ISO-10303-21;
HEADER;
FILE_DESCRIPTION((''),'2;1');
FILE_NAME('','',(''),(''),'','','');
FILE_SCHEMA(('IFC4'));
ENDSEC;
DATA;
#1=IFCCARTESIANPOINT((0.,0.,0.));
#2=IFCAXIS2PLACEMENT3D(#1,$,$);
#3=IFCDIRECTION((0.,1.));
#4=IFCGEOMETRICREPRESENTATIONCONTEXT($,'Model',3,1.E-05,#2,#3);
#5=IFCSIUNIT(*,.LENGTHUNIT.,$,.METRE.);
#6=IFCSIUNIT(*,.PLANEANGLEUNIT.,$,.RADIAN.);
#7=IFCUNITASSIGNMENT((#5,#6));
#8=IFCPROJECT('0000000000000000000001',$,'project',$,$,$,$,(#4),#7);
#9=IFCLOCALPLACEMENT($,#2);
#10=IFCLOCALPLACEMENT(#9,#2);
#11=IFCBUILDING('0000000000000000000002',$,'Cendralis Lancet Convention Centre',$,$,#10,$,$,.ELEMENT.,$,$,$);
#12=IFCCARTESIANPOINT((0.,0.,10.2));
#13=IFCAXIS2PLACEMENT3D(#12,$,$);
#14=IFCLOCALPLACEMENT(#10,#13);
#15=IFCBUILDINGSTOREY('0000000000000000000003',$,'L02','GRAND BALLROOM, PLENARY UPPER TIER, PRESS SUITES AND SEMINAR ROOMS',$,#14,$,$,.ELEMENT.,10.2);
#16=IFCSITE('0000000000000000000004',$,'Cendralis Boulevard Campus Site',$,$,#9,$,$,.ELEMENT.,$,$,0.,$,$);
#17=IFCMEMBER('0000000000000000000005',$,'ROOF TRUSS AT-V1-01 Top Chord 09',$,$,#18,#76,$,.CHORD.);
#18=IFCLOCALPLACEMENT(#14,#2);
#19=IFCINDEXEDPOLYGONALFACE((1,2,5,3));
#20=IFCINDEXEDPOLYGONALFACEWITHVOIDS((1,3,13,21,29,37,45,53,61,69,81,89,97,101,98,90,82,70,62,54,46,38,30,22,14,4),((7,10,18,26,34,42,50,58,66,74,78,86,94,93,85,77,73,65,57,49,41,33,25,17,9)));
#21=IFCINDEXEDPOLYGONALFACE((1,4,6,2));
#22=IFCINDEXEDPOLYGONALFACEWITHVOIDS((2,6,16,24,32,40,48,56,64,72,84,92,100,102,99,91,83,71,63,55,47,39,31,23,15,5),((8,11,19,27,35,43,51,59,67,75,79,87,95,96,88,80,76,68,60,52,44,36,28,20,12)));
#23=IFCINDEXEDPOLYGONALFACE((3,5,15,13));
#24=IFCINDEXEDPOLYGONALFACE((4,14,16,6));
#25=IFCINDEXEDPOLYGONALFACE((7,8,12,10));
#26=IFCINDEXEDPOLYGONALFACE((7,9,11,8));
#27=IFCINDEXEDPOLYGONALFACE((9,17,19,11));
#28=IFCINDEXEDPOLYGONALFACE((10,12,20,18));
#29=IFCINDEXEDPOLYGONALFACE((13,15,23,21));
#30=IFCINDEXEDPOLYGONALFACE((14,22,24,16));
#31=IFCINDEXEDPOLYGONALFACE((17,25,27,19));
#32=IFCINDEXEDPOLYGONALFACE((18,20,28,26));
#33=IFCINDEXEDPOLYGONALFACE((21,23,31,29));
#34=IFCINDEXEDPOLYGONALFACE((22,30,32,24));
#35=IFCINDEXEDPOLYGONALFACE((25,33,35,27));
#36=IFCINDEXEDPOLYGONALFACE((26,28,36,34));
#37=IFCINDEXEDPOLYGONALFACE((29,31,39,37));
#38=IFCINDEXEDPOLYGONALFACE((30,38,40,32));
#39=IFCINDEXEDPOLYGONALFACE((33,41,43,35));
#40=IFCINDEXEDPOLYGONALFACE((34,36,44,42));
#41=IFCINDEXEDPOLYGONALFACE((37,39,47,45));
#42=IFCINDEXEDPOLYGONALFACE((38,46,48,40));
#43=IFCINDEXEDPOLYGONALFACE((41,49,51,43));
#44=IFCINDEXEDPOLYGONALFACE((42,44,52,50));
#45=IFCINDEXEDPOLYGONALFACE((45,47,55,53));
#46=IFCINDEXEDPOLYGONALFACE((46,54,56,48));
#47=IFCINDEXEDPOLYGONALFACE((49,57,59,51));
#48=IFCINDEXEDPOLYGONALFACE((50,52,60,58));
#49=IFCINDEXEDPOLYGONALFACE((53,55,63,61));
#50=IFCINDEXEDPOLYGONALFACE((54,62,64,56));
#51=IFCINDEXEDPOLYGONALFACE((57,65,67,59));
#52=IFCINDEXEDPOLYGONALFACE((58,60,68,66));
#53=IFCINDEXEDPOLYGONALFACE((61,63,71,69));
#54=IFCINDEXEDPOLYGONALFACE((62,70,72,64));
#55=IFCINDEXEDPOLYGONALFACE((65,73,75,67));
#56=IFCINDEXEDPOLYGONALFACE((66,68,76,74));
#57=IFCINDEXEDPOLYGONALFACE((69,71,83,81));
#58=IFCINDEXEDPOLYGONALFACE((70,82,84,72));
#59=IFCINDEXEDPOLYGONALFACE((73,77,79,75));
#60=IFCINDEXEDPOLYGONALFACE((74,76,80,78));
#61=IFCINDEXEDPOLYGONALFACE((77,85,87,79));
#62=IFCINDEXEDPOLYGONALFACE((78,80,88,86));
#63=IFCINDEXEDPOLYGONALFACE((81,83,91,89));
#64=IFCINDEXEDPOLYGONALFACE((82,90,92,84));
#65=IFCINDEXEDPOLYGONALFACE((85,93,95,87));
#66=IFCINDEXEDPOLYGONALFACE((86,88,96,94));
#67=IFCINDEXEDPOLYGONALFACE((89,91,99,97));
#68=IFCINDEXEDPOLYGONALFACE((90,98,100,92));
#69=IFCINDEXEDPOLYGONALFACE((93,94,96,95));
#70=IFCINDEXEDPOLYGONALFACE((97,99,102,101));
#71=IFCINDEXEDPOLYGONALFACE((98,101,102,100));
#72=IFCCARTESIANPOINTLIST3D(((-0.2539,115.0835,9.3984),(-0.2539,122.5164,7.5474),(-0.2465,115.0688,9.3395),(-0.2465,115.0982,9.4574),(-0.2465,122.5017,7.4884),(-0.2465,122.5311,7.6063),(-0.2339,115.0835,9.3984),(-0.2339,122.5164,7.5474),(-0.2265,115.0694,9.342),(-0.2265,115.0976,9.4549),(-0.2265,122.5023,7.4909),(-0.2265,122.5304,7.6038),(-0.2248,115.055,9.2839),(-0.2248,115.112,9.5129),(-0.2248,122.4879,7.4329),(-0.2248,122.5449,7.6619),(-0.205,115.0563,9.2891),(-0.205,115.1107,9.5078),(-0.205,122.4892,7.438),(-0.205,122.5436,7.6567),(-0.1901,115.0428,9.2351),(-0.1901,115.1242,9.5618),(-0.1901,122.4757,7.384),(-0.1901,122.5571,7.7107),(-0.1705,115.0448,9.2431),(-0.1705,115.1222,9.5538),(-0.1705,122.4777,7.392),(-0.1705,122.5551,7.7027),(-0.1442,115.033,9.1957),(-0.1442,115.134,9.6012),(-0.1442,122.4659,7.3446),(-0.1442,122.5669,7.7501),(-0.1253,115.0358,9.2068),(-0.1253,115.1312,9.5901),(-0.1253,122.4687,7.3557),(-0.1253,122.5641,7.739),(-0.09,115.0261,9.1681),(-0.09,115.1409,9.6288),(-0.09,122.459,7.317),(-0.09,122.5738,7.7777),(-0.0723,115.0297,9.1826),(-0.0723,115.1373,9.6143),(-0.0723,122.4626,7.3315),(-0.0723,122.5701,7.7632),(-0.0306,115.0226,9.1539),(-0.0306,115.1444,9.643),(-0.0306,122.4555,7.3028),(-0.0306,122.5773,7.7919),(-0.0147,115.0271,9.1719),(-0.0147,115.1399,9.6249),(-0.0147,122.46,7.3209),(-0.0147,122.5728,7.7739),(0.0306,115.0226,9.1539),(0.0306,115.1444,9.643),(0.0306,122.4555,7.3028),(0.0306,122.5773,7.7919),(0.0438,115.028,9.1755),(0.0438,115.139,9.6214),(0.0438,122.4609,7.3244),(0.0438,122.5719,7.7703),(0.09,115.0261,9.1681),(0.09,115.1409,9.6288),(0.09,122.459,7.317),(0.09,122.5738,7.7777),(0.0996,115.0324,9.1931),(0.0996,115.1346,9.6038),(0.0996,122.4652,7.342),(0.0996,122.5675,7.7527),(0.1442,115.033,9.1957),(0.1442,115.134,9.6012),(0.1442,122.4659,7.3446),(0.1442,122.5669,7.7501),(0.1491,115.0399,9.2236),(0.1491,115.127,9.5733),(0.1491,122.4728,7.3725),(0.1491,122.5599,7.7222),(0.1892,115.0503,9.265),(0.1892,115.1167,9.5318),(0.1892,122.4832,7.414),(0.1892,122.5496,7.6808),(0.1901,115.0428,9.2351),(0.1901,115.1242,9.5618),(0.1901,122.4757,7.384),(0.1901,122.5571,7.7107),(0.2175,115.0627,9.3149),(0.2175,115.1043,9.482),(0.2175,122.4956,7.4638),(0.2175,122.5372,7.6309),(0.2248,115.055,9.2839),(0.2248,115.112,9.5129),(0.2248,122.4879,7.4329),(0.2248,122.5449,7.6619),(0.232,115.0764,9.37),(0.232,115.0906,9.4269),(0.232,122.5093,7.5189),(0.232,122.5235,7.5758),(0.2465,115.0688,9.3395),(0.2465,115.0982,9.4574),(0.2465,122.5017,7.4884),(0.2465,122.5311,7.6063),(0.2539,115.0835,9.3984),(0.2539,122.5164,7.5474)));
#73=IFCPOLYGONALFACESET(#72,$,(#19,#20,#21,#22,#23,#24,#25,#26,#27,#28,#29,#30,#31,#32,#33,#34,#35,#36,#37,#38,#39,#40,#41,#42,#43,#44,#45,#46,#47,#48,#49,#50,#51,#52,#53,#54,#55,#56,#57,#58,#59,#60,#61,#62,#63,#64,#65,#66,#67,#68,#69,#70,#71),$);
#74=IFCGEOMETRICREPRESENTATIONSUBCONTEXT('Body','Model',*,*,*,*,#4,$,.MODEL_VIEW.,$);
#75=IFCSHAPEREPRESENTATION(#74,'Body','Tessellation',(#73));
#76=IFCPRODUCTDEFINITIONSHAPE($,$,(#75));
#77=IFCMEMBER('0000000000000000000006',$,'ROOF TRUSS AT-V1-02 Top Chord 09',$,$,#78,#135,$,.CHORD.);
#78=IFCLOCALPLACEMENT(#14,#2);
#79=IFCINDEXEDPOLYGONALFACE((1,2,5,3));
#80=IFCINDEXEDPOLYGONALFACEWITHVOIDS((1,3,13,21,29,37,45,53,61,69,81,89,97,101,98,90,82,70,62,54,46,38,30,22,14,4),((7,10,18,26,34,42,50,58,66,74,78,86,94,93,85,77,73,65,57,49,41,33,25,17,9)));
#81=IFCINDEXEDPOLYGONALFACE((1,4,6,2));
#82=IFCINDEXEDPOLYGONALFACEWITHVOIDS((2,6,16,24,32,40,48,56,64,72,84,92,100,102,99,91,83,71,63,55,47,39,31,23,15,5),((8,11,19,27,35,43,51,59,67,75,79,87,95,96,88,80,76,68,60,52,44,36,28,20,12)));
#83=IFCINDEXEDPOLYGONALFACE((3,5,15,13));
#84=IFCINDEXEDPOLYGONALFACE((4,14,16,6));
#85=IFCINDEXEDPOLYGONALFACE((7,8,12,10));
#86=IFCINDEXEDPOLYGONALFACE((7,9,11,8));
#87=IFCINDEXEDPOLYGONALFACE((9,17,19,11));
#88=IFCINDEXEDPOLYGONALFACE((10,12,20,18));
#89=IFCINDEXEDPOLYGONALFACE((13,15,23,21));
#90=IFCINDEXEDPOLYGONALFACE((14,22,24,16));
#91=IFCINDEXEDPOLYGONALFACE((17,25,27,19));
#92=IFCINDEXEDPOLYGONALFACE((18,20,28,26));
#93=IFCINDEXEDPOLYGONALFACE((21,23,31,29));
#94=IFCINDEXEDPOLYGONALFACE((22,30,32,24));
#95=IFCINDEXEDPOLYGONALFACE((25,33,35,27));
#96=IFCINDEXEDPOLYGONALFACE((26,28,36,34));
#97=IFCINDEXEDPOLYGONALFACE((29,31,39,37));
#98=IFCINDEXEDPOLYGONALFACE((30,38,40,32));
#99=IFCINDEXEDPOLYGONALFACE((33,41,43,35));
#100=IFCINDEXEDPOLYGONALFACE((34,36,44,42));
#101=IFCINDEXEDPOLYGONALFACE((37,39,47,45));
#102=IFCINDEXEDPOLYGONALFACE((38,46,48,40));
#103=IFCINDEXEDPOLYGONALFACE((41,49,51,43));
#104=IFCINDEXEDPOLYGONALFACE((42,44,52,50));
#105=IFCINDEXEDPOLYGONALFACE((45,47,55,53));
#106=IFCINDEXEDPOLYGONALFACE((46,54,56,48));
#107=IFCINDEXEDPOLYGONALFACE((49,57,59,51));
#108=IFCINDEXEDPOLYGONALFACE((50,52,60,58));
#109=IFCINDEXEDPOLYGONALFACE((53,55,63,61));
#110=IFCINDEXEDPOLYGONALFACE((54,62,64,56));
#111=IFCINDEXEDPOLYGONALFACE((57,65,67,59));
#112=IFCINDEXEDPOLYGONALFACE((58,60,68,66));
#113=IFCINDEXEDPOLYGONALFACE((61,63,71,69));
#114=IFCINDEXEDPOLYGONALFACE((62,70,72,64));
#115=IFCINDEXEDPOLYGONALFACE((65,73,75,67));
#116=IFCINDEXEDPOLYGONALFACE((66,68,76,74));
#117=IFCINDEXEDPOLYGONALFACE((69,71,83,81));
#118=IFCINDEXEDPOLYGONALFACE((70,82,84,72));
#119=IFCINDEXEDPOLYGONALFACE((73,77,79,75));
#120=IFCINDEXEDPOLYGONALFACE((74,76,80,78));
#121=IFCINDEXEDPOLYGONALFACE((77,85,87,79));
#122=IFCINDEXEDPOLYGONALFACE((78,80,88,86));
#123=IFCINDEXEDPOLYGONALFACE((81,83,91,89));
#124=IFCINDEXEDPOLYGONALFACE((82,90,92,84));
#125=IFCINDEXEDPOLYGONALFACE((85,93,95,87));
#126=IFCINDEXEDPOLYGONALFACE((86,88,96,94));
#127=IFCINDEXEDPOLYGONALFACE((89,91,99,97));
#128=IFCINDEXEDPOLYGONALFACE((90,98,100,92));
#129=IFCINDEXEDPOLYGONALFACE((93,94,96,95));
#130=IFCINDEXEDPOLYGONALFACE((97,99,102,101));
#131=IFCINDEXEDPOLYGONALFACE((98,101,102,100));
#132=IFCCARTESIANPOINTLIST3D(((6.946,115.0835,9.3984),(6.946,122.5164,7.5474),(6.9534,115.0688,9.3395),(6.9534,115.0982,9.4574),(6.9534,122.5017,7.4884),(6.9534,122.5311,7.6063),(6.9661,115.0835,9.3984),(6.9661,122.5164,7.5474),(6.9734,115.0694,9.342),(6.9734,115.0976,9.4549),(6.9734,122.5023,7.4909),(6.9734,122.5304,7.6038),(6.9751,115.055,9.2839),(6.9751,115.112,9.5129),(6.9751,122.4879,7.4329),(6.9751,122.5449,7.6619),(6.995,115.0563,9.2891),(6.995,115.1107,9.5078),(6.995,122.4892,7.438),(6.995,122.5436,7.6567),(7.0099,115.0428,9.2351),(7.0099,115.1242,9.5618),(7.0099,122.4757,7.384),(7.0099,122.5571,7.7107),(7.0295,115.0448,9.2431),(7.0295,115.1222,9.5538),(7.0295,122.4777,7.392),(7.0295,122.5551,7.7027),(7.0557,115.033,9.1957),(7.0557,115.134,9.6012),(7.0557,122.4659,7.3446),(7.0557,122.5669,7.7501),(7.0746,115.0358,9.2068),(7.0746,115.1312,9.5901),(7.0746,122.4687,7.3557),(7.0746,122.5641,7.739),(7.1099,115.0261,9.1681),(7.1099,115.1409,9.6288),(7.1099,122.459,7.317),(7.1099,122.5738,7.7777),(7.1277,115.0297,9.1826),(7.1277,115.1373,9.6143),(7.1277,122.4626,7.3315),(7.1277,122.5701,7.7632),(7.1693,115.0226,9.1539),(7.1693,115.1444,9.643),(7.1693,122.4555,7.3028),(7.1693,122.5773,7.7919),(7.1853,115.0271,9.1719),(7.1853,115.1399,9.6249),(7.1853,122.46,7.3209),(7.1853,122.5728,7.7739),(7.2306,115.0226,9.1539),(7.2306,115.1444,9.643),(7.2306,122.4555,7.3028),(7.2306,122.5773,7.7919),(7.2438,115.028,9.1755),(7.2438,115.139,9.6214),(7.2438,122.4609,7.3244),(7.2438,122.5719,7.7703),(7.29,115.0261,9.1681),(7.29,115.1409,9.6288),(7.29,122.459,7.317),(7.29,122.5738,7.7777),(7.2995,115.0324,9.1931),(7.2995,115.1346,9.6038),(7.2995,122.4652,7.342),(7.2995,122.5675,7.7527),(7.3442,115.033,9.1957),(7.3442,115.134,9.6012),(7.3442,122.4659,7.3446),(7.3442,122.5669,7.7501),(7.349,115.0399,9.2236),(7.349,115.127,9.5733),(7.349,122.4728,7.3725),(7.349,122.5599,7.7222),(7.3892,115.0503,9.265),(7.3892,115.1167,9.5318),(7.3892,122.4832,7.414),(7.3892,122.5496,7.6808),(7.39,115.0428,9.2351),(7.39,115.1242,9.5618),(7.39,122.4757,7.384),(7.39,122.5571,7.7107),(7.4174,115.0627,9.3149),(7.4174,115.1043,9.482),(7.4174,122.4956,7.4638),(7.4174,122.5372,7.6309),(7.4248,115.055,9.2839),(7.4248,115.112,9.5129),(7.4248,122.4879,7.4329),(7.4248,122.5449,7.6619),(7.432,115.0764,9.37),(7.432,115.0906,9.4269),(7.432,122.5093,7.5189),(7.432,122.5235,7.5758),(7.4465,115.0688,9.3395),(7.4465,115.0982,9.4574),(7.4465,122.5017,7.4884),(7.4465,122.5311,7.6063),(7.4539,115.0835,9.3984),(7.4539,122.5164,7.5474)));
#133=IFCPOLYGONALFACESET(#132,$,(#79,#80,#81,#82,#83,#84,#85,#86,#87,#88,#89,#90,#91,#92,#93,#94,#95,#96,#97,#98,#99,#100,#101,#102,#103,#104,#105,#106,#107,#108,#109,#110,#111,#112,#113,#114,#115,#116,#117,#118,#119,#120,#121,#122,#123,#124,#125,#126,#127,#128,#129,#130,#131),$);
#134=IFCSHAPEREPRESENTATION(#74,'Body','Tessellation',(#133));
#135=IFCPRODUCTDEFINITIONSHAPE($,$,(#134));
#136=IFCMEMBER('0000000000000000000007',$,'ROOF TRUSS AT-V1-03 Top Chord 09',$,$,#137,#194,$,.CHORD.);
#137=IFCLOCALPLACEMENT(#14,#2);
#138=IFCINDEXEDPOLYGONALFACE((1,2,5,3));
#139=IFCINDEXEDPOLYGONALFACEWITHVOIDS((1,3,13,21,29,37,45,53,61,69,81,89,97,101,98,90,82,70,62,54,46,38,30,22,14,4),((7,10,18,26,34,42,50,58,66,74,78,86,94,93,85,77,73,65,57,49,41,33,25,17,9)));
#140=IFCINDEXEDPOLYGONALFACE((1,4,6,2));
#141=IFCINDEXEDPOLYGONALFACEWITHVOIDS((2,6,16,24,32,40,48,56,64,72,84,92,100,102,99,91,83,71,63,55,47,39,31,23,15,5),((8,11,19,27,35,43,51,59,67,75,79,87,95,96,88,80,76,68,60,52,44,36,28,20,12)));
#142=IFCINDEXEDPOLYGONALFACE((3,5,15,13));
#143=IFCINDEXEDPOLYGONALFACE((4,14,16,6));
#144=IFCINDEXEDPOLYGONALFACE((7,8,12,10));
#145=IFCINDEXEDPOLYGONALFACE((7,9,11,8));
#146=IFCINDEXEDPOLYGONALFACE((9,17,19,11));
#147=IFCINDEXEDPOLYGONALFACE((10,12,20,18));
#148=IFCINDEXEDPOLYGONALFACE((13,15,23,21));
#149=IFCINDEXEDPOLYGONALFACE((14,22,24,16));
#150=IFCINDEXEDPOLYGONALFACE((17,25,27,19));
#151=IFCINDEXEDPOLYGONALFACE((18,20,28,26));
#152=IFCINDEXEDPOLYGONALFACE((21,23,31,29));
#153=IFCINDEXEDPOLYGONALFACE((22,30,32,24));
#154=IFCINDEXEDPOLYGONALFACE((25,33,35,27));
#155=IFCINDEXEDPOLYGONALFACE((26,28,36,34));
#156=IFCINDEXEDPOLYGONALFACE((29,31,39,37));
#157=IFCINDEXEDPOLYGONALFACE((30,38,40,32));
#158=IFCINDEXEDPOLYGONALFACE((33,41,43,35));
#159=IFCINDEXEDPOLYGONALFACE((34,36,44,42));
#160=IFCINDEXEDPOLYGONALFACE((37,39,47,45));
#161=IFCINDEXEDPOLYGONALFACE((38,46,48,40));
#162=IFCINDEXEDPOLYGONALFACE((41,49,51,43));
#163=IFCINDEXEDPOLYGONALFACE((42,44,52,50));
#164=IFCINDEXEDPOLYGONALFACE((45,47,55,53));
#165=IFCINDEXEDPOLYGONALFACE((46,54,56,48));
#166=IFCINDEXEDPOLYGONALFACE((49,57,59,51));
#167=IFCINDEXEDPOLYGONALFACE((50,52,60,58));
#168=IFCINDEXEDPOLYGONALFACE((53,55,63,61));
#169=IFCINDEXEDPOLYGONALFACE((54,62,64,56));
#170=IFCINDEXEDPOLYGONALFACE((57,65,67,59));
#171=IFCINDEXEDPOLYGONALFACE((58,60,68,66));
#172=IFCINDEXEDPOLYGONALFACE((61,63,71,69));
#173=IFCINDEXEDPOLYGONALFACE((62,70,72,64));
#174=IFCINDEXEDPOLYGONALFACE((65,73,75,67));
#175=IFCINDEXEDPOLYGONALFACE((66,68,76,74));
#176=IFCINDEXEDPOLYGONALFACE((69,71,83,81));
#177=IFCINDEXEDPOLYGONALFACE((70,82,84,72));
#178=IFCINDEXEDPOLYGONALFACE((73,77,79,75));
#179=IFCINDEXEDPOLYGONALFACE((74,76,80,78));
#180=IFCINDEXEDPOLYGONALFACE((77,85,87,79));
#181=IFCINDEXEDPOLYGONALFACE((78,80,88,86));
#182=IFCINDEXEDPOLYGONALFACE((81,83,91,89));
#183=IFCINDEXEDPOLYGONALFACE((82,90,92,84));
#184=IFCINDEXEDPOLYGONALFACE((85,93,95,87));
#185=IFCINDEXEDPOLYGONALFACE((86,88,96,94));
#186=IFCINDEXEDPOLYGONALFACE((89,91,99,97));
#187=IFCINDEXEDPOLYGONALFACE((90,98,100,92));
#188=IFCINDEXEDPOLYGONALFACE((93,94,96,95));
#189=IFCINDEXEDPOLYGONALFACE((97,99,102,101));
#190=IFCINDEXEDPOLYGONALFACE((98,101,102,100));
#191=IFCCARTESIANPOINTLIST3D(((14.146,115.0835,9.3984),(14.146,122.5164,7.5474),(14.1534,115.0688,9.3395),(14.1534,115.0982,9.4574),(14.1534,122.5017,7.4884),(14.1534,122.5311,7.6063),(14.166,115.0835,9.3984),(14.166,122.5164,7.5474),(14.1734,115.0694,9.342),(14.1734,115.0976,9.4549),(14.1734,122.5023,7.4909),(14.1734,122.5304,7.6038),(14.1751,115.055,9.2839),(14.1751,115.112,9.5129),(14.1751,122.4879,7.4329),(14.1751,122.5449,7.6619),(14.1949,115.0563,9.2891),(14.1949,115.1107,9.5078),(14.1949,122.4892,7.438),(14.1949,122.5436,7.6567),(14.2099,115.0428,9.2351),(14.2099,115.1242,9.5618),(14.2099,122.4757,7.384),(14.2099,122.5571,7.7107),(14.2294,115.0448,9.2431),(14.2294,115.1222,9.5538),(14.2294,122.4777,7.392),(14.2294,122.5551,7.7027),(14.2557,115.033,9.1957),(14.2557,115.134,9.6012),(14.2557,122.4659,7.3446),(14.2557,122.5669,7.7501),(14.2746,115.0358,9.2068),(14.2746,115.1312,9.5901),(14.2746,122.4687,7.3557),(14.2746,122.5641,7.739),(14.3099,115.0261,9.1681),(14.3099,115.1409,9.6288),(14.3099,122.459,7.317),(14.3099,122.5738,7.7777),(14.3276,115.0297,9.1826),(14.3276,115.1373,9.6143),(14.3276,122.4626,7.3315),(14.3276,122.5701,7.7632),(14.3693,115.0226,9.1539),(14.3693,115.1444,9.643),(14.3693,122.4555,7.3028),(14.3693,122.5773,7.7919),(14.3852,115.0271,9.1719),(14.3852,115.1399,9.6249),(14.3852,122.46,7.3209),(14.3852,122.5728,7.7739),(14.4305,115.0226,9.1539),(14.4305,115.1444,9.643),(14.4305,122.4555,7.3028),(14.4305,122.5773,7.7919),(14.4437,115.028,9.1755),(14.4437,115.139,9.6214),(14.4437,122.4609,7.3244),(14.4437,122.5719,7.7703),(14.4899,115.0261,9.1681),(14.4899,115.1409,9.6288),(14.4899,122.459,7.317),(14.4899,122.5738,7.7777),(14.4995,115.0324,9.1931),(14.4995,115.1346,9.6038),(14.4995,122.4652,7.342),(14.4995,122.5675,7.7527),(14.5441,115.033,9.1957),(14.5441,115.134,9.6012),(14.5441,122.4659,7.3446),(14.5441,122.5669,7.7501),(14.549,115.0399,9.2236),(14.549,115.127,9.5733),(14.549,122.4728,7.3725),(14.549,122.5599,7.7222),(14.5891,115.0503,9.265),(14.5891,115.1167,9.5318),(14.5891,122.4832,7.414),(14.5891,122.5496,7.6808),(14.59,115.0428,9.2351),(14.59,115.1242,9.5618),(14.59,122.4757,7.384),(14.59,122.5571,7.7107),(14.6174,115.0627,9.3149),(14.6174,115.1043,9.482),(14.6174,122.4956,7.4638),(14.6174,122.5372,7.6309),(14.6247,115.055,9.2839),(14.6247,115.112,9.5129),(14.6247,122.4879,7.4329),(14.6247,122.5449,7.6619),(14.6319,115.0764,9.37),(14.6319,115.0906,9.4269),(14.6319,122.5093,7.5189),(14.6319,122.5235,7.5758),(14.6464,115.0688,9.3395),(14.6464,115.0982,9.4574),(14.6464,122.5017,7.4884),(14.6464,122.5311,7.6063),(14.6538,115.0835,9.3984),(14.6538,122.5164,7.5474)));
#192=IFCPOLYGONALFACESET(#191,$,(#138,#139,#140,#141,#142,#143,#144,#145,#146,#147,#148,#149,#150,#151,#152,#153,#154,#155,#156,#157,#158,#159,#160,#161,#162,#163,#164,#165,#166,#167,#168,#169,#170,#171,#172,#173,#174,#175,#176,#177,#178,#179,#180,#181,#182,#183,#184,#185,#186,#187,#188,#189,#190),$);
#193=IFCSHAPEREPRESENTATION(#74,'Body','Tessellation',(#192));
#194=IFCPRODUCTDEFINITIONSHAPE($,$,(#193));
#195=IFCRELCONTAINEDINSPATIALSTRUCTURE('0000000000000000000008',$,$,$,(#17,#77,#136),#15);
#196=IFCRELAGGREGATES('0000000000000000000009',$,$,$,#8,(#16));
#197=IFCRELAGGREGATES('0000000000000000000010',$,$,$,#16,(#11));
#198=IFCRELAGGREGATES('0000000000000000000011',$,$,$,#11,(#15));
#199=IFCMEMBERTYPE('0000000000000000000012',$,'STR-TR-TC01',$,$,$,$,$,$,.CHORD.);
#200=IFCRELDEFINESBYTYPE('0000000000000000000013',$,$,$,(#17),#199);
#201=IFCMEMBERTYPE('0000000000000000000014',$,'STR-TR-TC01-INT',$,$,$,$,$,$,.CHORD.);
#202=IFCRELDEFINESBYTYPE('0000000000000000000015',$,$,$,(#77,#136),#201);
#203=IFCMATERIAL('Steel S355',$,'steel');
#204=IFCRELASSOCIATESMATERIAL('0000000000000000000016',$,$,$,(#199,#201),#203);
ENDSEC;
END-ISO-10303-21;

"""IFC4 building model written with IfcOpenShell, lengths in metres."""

from ifc_helpers import new_model, si_unit, direction, frame, origin, origin_2d, place, context, subcontext, project, spatial, hollow_circle, extrude, material, material_profile, profile_set, type_object, element, save


model = new_model("IFC4")

# Units and contexts
model_context = context("Model", 3, precision=1e-05, world=origin(), true_north=direction((0.0, 1.0)))
body_context = subcontext(model_context, "Body", "Model", "MODEL_VIEW")
ifc_project = project(units=[si_unit("LENGTHUNIT", "METRE"), si_unit("PLANEANGLEUNIT", "RADIAN")], contexts=[model_context])

# Site, building, storey
site_placement = place(None, origin())
site = spatial("IfcSite", under=ifc_project, at=site_placement, Name="Cendralis Boulevard Campus Site", CompositionType="ELEMENT", RefElevation=0.0)
building_placement = place(site_placement, origin())
building = spatial("IfcBuilding", under=site, at=building_placement, Name="Cendralis Lancet Convention Centre", CompositionType="ELEMENT")
storey_placement = place(building_placement, frame((0.0, 0.0, 10.2)))
storey = spatial("IfcBuildingStorey", under=building, at=storey_placement, Name="L02", Description="GRAND BALLROOM, PLENARY UPPER TIER, PRESS SUITES AND SEMINAR ROOMS", CompositionType="ELEMENT", Elevation=10.2)

# Members
ifc_material = material(Name="Steel S355", Category="steel")
ifc_material_profile_1 = material_profile(ifc_material, hollow_circle(Radius=0.2539, WallThickness=0.02, at=origin_2d()), Name="CHS 508.0x20.0")
ifc_profile_set_1 = profile_set([ifc_material_profile_1], Name="Steel S355")
member_type_1 = type_object("IfcMemberType", Name="STR-TR-TC01", PredefinedType="CHORD", material=ifc_profile_set_1)
member_1_placement = place(storey_placement, frame((0.0, 115.0835, 9.3984), z_axis=(0.0, 0.970361, -0.241658), x_axis=(-1.0, 0.0, 0.0)))
element("IfcMember", 1, at=member_1_placement, inside=storey, type_object=member_type_1, Name="ROOF TRUSS AT-V1-01 Top Chord 09", PredefinedType="CHORD", context=body_context, shape_type="SweptSolid", body=[
    extrude(hollow_circle(Radius=0.2539, WallThickness=0.02, at=origin_2d()), origin(), (0.0, 0.0, 1.0), 7.6599),
])
ifc_material_profile_2 = material_profile(ifc_material, hollow_circle(Radius=0.2539, WallThickness=0.02, at=origin_2d()), Name="CHS 508.0x20.0")
ifc_profile_set_2 = profile_set([ifc_material_profile_2], Name="Steel S355")
member_type_2 = type_object("IfcMemberType", Name="STR-TR-TC01-INT", PredefinedType="CHORD", material=ifc_profile_set_2)
for number, where, z_axis, x_axis, name in (
    (2, (7.2, 115.0835, 9.3984), (0.0, 0.970361, -0.241658), (-1.0, 0.0, 0.0), "ROOF TRUSS AT-V1-02 Top Chord 09"),
    (3, (14.3999, 115.0835, 9.3984), (0.0, 0.970361, -0.241658), (-1.0, 0.0, 0.0), "ROOF TRUSS AT-V1-03 Top Chord 09"),
):
    element("IfcMember", number, at=place(storey_placement, frame(where, z_axis=z_axis, x_axis=x_axis)), inside=storey, type_object=member_type_2, Name=name, PredefinedType="CHORD", context=body_context, shape_type="SweptSolid", body=[
        extrude(hollow_circle(Radius=0.2539, WallThickness=0.02, at=origin_2d()), origin(), (0.0, 0.0, 1.0), 7.6599),
    ])

save(model, "model.ifc")
